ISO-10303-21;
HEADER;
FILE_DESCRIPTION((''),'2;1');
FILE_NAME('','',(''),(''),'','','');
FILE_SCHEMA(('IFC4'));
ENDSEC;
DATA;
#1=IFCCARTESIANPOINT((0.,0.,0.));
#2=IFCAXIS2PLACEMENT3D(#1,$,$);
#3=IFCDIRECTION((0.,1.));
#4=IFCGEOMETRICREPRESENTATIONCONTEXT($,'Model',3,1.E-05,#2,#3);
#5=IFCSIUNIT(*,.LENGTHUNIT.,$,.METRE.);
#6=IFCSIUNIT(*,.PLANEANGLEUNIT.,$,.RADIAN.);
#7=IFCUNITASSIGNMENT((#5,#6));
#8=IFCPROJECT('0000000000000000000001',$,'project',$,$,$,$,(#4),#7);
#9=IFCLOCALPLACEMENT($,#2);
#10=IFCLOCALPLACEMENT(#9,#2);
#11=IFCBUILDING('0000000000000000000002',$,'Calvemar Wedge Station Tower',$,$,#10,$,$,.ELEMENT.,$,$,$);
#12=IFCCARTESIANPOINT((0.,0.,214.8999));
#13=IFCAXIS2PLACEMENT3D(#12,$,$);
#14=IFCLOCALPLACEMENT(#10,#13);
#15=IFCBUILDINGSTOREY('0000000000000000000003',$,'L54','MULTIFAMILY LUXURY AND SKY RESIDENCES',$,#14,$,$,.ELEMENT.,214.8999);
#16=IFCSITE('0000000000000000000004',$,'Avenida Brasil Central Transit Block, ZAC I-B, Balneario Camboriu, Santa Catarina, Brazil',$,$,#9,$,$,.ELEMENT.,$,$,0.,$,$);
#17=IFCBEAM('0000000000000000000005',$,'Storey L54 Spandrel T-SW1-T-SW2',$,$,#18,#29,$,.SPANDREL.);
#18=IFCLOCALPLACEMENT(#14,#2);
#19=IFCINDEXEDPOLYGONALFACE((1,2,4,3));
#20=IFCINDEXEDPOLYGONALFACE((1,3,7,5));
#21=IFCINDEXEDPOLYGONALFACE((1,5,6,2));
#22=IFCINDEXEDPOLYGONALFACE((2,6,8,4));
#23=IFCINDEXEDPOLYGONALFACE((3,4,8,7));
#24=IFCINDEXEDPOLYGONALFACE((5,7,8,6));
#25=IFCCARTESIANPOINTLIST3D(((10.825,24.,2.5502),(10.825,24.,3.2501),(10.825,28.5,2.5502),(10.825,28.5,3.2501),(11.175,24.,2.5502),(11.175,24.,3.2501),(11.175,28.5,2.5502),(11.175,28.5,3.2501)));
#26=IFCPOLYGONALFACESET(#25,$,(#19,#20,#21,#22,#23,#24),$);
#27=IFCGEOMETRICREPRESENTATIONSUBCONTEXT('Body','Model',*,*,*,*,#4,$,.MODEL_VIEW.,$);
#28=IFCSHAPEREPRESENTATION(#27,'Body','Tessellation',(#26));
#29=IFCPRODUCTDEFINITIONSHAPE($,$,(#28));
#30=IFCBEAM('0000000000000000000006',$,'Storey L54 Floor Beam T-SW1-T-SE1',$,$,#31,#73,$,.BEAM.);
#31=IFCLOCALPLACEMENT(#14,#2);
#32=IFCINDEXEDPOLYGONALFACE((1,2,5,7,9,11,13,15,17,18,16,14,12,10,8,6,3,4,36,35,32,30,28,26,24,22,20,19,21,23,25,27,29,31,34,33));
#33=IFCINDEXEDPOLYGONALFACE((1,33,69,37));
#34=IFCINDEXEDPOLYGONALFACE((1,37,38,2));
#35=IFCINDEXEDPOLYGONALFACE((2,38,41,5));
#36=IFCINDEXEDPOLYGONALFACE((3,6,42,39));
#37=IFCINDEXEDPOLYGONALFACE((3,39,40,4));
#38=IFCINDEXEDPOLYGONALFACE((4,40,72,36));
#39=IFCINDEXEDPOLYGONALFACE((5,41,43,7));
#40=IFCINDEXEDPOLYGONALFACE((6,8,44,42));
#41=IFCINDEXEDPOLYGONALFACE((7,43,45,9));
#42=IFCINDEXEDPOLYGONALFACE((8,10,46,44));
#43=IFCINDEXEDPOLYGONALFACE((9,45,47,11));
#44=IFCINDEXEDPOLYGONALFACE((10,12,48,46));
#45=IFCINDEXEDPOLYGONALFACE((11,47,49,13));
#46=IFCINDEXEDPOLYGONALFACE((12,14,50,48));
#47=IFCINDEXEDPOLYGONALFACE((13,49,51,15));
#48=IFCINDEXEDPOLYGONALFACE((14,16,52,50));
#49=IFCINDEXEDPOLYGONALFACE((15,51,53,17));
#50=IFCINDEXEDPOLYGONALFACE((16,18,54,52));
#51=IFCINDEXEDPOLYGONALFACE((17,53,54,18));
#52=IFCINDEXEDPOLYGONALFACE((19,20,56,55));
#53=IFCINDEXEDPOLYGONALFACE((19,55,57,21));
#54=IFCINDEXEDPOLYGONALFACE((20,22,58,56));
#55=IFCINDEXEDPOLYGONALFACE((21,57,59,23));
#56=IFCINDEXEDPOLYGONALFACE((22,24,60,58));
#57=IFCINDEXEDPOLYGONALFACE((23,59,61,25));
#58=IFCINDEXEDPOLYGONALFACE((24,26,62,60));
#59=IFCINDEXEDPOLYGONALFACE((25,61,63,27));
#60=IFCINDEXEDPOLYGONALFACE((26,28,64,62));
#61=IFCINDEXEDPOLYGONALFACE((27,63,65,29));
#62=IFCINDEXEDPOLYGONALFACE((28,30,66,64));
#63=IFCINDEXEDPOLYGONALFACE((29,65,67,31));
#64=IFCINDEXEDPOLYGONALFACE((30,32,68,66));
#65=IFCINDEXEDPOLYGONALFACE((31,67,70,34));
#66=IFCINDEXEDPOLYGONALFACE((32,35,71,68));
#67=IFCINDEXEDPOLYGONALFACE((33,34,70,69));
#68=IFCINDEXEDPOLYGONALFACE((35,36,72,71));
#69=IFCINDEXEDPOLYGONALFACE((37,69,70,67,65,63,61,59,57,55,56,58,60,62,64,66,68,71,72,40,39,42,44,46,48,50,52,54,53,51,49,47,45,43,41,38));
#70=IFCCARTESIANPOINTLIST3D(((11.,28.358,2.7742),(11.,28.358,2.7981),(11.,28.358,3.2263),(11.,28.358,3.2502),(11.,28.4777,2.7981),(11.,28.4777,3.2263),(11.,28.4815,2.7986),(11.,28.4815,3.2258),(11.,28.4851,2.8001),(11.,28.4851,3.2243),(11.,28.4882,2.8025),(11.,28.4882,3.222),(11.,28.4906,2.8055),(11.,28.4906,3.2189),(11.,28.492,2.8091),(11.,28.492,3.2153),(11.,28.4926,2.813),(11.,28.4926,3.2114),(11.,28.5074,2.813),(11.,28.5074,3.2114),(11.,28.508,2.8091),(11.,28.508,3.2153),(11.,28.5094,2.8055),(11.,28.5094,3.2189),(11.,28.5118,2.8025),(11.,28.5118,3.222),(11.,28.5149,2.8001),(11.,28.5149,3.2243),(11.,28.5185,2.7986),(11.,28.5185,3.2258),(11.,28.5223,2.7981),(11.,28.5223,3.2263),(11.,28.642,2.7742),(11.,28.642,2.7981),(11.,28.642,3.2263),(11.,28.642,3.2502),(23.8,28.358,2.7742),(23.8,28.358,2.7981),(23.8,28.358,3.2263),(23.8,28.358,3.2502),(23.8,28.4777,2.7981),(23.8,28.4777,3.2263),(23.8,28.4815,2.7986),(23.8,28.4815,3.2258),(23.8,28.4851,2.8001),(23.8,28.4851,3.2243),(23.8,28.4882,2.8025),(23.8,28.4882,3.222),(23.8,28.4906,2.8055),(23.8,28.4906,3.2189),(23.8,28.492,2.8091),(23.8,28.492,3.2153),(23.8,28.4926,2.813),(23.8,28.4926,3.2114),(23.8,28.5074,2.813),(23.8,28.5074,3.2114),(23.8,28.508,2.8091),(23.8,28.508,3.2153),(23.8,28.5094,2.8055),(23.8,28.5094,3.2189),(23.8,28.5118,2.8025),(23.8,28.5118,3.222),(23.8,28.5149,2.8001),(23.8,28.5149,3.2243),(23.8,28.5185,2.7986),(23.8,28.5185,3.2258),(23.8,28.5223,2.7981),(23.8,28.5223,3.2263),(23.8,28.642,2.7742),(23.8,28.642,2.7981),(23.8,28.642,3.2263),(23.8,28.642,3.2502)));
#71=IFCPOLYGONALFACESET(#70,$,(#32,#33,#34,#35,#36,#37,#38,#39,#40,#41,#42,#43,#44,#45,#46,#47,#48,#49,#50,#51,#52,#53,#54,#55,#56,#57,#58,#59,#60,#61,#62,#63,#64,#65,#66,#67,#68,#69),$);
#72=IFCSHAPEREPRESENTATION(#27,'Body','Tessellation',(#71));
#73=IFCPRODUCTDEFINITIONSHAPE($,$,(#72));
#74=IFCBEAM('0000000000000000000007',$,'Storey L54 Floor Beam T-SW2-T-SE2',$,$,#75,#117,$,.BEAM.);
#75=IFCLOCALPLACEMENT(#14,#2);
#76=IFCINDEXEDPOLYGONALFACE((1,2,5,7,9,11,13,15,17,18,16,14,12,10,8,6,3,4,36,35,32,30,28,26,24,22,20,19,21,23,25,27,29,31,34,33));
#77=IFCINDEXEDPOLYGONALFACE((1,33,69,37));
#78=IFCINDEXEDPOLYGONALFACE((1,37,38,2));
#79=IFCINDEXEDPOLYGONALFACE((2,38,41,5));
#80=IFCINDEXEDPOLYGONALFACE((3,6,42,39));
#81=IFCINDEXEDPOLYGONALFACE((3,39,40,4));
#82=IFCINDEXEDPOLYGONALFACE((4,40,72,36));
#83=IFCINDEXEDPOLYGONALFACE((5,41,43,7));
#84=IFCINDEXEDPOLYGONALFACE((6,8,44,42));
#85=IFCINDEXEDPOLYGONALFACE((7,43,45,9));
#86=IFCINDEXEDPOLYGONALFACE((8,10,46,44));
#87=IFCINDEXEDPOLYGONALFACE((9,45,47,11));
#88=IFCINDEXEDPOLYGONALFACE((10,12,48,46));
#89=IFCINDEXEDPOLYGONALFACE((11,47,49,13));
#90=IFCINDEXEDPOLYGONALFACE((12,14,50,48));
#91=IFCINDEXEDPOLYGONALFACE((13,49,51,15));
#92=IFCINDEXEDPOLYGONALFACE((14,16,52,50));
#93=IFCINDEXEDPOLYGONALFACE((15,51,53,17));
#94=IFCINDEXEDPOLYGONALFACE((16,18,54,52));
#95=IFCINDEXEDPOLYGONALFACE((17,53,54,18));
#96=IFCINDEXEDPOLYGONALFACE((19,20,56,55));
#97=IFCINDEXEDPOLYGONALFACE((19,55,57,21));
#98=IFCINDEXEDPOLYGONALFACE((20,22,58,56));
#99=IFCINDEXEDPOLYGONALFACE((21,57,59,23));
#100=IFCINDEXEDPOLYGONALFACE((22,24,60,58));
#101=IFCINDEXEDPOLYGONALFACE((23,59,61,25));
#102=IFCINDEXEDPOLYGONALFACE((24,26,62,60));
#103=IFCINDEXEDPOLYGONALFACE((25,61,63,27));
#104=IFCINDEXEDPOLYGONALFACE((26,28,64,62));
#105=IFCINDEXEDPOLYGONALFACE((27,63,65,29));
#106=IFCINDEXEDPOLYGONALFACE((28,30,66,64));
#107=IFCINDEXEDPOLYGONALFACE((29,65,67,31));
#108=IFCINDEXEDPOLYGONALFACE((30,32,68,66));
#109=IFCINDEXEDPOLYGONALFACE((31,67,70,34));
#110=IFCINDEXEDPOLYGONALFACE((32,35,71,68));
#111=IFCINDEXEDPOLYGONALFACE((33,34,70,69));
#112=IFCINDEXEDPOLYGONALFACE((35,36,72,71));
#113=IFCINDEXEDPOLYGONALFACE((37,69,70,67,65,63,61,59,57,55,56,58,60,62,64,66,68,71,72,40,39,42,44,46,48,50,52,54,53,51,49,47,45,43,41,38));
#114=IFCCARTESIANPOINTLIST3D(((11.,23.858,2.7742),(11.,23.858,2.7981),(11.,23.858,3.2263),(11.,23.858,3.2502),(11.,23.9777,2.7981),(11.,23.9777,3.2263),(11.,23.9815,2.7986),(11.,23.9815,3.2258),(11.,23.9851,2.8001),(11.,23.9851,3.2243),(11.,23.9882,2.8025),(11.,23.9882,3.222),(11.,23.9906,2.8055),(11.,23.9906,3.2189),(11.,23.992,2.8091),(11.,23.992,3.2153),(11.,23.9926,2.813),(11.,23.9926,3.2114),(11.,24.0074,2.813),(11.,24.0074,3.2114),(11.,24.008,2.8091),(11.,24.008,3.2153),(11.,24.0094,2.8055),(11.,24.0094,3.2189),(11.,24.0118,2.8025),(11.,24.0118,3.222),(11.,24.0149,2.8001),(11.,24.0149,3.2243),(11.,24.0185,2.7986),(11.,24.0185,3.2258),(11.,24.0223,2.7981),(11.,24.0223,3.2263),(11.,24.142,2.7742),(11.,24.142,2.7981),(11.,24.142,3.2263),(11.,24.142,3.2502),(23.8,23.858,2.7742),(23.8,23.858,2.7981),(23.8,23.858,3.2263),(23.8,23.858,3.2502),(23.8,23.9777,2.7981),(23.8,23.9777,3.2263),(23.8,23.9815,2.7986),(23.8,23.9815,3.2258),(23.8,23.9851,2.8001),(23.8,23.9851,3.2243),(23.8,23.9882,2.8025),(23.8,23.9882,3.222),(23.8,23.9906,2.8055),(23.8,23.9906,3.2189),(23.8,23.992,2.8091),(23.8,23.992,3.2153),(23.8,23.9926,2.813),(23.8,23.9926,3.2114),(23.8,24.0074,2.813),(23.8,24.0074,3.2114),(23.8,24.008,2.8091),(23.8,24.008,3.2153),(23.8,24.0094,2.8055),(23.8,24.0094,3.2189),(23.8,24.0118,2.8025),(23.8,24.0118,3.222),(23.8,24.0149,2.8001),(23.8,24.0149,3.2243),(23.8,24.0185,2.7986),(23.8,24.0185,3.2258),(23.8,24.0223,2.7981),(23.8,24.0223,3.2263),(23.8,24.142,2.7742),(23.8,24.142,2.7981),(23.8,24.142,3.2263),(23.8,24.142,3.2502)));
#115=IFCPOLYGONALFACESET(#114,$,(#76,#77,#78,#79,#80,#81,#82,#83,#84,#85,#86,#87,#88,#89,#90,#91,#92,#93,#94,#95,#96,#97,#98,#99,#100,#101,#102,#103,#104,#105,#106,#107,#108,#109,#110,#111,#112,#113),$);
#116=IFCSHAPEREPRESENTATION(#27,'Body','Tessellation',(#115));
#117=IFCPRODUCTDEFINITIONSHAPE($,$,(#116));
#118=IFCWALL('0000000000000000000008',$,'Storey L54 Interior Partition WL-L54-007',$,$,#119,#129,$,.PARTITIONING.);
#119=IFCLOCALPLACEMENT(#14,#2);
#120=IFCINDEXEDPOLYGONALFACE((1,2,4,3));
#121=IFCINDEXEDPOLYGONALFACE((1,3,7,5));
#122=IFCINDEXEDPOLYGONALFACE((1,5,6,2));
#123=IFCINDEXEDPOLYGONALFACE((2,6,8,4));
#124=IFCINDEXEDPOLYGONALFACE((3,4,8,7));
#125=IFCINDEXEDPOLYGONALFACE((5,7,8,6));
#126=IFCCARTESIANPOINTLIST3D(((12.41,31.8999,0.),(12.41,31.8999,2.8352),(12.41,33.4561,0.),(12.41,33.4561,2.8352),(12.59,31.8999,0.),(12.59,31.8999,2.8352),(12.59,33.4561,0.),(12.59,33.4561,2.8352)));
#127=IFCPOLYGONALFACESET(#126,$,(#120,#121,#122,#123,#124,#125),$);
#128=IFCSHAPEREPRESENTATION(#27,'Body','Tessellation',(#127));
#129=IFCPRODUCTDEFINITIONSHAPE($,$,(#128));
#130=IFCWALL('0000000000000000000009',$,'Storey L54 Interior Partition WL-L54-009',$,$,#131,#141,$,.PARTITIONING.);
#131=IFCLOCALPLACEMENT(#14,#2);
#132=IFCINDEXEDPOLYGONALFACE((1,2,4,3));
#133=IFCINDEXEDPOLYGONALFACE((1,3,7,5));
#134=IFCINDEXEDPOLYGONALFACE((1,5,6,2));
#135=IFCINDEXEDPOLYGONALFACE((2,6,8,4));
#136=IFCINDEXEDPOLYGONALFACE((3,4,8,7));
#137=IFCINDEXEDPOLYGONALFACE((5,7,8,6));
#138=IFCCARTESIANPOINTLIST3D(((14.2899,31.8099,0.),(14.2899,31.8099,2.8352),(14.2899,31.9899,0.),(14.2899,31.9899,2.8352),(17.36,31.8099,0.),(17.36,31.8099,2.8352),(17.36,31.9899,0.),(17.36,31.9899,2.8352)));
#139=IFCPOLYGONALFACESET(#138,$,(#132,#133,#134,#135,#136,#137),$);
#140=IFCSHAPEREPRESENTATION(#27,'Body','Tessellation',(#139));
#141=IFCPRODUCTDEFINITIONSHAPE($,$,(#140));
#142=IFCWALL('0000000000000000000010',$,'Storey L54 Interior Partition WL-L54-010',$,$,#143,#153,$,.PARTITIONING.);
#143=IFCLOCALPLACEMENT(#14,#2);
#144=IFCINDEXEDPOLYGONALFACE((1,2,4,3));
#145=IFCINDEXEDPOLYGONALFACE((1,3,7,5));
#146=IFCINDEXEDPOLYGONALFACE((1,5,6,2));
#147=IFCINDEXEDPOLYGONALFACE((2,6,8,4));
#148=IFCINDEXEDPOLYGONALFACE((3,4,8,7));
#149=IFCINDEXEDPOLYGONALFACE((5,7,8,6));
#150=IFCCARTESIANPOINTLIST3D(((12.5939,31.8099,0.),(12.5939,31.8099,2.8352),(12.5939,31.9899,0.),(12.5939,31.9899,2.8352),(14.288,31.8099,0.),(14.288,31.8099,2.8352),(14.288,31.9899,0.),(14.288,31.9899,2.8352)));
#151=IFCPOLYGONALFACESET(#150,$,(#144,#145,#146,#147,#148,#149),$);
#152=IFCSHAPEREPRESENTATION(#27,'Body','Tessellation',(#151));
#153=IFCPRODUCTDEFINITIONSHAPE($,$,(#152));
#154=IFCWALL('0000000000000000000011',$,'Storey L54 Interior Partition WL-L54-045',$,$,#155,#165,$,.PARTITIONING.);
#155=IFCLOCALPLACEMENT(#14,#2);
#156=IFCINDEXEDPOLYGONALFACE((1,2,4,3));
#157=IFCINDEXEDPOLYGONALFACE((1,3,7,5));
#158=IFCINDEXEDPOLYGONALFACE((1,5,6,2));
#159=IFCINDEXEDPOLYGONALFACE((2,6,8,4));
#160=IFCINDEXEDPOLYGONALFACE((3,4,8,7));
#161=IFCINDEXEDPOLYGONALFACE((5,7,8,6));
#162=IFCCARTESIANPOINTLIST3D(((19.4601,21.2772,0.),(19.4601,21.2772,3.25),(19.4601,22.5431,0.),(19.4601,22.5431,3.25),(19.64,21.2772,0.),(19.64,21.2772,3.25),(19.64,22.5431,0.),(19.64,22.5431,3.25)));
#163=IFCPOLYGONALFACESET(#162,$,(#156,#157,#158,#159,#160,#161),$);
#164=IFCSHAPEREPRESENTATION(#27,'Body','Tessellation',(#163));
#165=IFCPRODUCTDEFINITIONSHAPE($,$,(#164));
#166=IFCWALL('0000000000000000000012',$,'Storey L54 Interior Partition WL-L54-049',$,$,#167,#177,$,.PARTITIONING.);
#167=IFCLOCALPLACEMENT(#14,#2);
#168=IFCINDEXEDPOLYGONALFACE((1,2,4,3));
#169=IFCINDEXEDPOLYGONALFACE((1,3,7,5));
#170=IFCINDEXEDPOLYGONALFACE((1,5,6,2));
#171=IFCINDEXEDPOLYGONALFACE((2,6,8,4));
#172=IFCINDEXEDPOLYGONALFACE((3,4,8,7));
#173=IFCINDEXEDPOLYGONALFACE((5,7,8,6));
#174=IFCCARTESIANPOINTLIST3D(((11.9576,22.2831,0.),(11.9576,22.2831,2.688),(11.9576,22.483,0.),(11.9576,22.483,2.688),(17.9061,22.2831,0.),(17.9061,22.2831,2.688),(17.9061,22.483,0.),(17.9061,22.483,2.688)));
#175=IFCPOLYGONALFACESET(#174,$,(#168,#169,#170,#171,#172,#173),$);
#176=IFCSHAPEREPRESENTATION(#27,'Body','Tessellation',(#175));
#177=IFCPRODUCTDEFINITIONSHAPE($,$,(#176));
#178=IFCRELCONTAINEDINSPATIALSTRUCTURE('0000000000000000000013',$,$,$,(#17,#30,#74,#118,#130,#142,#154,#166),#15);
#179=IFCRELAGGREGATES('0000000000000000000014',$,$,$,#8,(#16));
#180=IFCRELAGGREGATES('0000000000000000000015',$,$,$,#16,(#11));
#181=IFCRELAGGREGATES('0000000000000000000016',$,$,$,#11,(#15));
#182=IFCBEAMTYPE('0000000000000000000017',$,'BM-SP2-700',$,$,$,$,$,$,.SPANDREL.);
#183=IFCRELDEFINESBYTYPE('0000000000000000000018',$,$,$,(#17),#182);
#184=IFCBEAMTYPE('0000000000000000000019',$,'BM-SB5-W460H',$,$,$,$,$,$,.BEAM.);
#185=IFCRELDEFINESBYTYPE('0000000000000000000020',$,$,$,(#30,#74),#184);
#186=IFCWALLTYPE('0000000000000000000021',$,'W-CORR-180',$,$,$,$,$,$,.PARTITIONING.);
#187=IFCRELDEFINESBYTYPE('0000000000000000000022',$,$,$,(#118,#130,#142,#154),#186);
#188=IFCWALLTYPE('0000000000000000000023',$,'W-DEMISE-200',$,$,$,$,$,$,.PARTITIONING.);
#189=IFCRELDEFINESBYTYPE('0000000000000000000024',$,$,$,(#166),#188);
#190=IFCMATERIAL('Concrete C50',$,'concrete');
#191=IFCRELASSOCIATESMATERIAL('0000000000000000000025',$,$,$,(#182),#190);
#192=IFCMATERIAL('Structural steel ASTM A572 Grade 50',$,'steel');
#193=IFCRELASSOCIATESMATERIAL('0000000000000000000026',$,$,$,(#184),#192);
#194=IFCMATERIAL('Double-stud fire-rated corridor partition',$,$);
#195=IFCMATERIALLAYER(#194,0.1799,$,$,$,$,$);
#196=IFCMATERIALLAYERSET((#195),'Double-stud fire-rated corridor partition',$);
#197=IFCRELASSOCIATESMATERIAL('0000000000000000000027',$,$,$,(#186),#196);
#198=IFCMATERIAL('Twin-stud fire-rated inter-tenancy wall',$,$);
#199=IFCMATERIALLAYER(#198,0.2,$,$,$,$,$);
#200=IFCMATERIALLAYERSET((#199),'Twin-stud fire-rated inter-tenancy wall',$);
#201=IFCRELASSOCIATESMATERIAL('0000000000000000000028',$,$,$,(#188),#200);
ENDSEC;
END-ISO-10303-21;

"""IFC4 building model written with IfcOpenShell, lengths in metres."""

from ifc_helpers import new_model, si_unit, direction, frame, frame_2d, origin, origin_2d, place, context, subcontext, project, spatial, rectangle, i_section, extrude, source, transform, mapped, material, layer, layer_set, material_profile, profile_set, type_object, element, save


model = new_model("IFC4")

# Units and contexts
model_context = context("Model", 3, precision=1e-05, world=origin(), true_north=direction((0.0, 1.0)))
body_context = subcontext(model_context, "Body", "Model", "MODEL_VIEW")
ifc_project = project(units=[si_unit("LENGTHUNIT", "METRE"), si_unit("PLANEANGLEUNIT", "RADIAN")], contexts=[model_context])

# Site, building, storey
site_placement = place(None, origin())
site = spatial("IfcSite", under=ifc_project, at=site_placement, Name="Avenida Brasil Central Transit Block, ZAC I-B, Balneario Camboriu, Santa Catarina, Brazil", CompositionType="ELEMENT", RefElevation=0.0)
building_placement = place(site_placement, origin())
building = spatial("IfcBuilding", under=site, at=building_placement, Name="Calvemar Wedge Station Tower", CompositionType="ELEMENT")
storey_placement = place(building_placement, frame((0.0, 0.0, 214.8999)))
storey = spatial("IfcBuildingStorey", under=building, at=storey_placement, Name="L54", Description="MULTIFAMILY LUXURY AND SKY RESIDENCES", CompositionType="ELEMENT", Elevation=214.8999)

# Shared definitions
ifc_material_1 = material(Name="Concrete C50", Category="concrete")

# Beams
ifc_material_2 = material(Name="Structural steel ASTM A572 Grade 50", Category="steel")
ifc_material_profile_1 = material_profile(ifc_material_1, rectangle(XDim=0.3501, YDim=0.7, at=origin_2d()), Name="RC350x700")
ifc_profile_set_1 = profile_set([ifc_material_profile_1], Name="Concrete C50")
beam_type_1 = type_object("IfcBeamType", Name="BM-SP2-700", PredefinedType="SPANDREL", material=ifc_profile_set_1)
shared_shape_1 = source(origin(), body_context, "Body", "SweptSolid", [
    extrude(rectangle(XDim=0.3501, YDim=0.7, at=origin_2d()), origin(), (0.0, 0.0, 1.0), 4.5),
])
for number, where, z_axis, x_axis, name in (
    (1, (11.0, 28.5, 2.9001), (0.0, -1.0, 0.0), (1.0, 0.0, 0.0), "Storey L54 Spandrel T-SW1-T-SW2"),
):
    element("IfcBeam", number, at=place(storey_placement, frame(where, z_axis=z_axis, x_axis=x_axis)), inside=storey, type_object=beam_type_1, Name=name, PredefinedType="SPANDREL", context=body_context, shape_type="MappedRepresentation", body=[
        mapped(shared_shape_1, transform((0.0, 0.0, 0.0), scale=1.0)),
    ])
ifc_material_profile_2 = material_profile(ifc_material_2, i_section(OverallWidth=0.2839, OverallDepth=0.4761, WebThickness=0.0149, FlangeThickness=0.0239, FilletRadius=0.0149, at=origin_2d()), Name="W460x158")
ifc_profile_set_2 = profile_set([ifc_material_profile_2], Name="Structural steel ASTM A572 Grade 50")
beam_type_2 = type_object("IfcBeamType", Name="BM-SB5-W460H", PredefinedType="BEAM", material=ifc_profile_set_2)
shared_shape_2 = source(origin(), body_context, "Body", "SweptSolid", [
    extrude(i_section(OverallWidth=0.2839, OverallDepth=0.4761, WebThickness=0.0149, FlangeThickness=0.0239, FilletRadius=0.0149, at=origin_2d()), origin(), (0.0, 0.0, 1.0), 12.8),
])
for number, where, z_axis, x_axis, name in (
    (2, (11.0, 28.5, 3.0122), (1.0, 0.0, 0.0), (0.0, 1.0, 0.0), "Storey L54 Floor Beam T-SW1-T-SE1"),
    (3, (11.0, 24.0, 3.0122), (1.0, 0.0, 0.0), (0.0, 1.0, 0.0), "Storey L54 Floor Beam T-SW2-T-SE2"),
):
    element("IfcBeam", number, at=place(storey_placement, frame(where, z_axis=z_axis, x_axis=x_axis)), inside=storey, type_object=beam_type_2, Name=name, PredefinedType="BEAM", context=body_context, shape_type="MappedRepresentation", body=[
        mapped(shared_shape_2, transform((0.0, 0.0, 0.0), scale=1.0)),
    ])

# Walls
ifc_material_3 = material(Name="Double-stud fire-rated corridor partition")
ifc_layer_1 = layer(ifc_material_3, 0.1799)
ifc_layer_set_1 = layer_set([ifc_layer_1], Name="Double-stud fire-rated corridor partition")
wall_type_1 = type_object("IfcWallType", Name="W-CORR-180", PredefinedType="PARTITIONING", material=ifc_layer_set_1)
wall_1_placement = place(storey_placement, frame((12.5, 31.8999, 0.0), z_axis=(0.0, 0.0, 1.0), x_axis=(0.0, 1.0, 0.0)))
element("IfcWall", 4, at=wall_1_placement, inside=storey, type_object=wall_type_1, Name="Storey L54 Interior Partition WL-L54-007", PredefinedType="PARTITIONING", context=body_context, shape_type="SweptSolid", body=[
    extrude(rectangle(XDim=1.5562, YDim=0.1799, at=frame_2d((0.7781, 0.0))), origin(), (0.0, 0.0, 1.0), 2.8352),
])
wall_2_placement = place(storey_placement, frame((17.3601, 31.8999, 0.0), z_axis=(0.0, 0.0, 1.0), x_axis=(-1.0, 0.0, 0.0)))
element("IfcWall", 5, at=wall_2_placement, inside=storey, type_object=wall_type_1, Name="Storey L54 Interior Partition WL-L54-009", PredefinedType="PARTITIONING", context=body_context, shape_type="SweptSolid", body=[
    extrude(rectangle(XDim=3.0701, YDim=0.1799, at=frame_2d((1.5352, 0.0))), origin(), (0.0, 0.0, 1.0), 2.8352),
])
wall_3_placement = place(storey_placement, frame((14.2881, 31.8999, 0.0), z_axis=(0.0, 0.0, 1.0), x_axis=(-1.0, 0.0, 0.0)))
element("IfcWall", 6, at=wall_3_placement, inside=storey, type_object=wall_type_1, Name="Storey L54 Interior Partition WL-L54-010", PredefinedType="PARTITIONING", context=body_context, shape_type="SweptSolid", body=[
    extrude(rectangle(XDim=1.6941, YDim=0.1799, at=frame_2d((0.8472, 0.0))), origin(), (0.0, 0.0, 1.0), 2.8352),
])

# Walls
wall_4_placement = place(storey_placement, frame((19.55, 22.543, 0.0), z_axis=(0.0, 0.0, 1.0), x_axis=(0.0, -1.0, 0.0)))
element("IfcWall", 7, at=wall_4_placement, inside=storey, type_object=wall_type_1, Name="Storey L54 Interior Partition WL-L54-045", PredefinedType="PARTITIONING", context=body_context, shape_type="SweptSolid", body=[
    extrude(rectangle(XDim=1.2659, YDim=0.1799, at=frame_2d((0.6328, 0.0))), origin(), (0.0, 0.0, 1.0), 3.25),
])
ifc_material_4 = material(Name="Twin-stud fire-rated inter-tenancy wall")
ifc_layer_2 = layer(ifc_material_4, 0.2)
ifc_layer_set_2 = layer_set([ifc_layer_2], Name="Twin-stud fire-rated inter-tenancy wall")
wall_type_2 = type_object("IfcWallType", Name="W-DEMISE-200", PredefinedType="PARTITIONING", material=ifc_layer_set_2)
wall_5_placement = place(storey_placement, frame((17.906, 22.3831, 0.0), z_axis=(0.0, 0.0, 1.0), x_axis=(-1.0, 0.0, 0.0)))
element("IfcWall", 8, at=wall_5_placement, inside=storey, type_object=wall_type_2, Name="Storey L54 Interior Partition WL-L54-049", PredefinedType="PARTITIONING", context=body_context, shape_type="SweptSolid", body=[
    extrude(rectangle(XDim=5.9485, YDim=0.2, at=frame_2d((2.9741, 0.0))), origin(), (0.0, 0.0, 1.0), 2.688),
])

save(model, "model.ifc")
